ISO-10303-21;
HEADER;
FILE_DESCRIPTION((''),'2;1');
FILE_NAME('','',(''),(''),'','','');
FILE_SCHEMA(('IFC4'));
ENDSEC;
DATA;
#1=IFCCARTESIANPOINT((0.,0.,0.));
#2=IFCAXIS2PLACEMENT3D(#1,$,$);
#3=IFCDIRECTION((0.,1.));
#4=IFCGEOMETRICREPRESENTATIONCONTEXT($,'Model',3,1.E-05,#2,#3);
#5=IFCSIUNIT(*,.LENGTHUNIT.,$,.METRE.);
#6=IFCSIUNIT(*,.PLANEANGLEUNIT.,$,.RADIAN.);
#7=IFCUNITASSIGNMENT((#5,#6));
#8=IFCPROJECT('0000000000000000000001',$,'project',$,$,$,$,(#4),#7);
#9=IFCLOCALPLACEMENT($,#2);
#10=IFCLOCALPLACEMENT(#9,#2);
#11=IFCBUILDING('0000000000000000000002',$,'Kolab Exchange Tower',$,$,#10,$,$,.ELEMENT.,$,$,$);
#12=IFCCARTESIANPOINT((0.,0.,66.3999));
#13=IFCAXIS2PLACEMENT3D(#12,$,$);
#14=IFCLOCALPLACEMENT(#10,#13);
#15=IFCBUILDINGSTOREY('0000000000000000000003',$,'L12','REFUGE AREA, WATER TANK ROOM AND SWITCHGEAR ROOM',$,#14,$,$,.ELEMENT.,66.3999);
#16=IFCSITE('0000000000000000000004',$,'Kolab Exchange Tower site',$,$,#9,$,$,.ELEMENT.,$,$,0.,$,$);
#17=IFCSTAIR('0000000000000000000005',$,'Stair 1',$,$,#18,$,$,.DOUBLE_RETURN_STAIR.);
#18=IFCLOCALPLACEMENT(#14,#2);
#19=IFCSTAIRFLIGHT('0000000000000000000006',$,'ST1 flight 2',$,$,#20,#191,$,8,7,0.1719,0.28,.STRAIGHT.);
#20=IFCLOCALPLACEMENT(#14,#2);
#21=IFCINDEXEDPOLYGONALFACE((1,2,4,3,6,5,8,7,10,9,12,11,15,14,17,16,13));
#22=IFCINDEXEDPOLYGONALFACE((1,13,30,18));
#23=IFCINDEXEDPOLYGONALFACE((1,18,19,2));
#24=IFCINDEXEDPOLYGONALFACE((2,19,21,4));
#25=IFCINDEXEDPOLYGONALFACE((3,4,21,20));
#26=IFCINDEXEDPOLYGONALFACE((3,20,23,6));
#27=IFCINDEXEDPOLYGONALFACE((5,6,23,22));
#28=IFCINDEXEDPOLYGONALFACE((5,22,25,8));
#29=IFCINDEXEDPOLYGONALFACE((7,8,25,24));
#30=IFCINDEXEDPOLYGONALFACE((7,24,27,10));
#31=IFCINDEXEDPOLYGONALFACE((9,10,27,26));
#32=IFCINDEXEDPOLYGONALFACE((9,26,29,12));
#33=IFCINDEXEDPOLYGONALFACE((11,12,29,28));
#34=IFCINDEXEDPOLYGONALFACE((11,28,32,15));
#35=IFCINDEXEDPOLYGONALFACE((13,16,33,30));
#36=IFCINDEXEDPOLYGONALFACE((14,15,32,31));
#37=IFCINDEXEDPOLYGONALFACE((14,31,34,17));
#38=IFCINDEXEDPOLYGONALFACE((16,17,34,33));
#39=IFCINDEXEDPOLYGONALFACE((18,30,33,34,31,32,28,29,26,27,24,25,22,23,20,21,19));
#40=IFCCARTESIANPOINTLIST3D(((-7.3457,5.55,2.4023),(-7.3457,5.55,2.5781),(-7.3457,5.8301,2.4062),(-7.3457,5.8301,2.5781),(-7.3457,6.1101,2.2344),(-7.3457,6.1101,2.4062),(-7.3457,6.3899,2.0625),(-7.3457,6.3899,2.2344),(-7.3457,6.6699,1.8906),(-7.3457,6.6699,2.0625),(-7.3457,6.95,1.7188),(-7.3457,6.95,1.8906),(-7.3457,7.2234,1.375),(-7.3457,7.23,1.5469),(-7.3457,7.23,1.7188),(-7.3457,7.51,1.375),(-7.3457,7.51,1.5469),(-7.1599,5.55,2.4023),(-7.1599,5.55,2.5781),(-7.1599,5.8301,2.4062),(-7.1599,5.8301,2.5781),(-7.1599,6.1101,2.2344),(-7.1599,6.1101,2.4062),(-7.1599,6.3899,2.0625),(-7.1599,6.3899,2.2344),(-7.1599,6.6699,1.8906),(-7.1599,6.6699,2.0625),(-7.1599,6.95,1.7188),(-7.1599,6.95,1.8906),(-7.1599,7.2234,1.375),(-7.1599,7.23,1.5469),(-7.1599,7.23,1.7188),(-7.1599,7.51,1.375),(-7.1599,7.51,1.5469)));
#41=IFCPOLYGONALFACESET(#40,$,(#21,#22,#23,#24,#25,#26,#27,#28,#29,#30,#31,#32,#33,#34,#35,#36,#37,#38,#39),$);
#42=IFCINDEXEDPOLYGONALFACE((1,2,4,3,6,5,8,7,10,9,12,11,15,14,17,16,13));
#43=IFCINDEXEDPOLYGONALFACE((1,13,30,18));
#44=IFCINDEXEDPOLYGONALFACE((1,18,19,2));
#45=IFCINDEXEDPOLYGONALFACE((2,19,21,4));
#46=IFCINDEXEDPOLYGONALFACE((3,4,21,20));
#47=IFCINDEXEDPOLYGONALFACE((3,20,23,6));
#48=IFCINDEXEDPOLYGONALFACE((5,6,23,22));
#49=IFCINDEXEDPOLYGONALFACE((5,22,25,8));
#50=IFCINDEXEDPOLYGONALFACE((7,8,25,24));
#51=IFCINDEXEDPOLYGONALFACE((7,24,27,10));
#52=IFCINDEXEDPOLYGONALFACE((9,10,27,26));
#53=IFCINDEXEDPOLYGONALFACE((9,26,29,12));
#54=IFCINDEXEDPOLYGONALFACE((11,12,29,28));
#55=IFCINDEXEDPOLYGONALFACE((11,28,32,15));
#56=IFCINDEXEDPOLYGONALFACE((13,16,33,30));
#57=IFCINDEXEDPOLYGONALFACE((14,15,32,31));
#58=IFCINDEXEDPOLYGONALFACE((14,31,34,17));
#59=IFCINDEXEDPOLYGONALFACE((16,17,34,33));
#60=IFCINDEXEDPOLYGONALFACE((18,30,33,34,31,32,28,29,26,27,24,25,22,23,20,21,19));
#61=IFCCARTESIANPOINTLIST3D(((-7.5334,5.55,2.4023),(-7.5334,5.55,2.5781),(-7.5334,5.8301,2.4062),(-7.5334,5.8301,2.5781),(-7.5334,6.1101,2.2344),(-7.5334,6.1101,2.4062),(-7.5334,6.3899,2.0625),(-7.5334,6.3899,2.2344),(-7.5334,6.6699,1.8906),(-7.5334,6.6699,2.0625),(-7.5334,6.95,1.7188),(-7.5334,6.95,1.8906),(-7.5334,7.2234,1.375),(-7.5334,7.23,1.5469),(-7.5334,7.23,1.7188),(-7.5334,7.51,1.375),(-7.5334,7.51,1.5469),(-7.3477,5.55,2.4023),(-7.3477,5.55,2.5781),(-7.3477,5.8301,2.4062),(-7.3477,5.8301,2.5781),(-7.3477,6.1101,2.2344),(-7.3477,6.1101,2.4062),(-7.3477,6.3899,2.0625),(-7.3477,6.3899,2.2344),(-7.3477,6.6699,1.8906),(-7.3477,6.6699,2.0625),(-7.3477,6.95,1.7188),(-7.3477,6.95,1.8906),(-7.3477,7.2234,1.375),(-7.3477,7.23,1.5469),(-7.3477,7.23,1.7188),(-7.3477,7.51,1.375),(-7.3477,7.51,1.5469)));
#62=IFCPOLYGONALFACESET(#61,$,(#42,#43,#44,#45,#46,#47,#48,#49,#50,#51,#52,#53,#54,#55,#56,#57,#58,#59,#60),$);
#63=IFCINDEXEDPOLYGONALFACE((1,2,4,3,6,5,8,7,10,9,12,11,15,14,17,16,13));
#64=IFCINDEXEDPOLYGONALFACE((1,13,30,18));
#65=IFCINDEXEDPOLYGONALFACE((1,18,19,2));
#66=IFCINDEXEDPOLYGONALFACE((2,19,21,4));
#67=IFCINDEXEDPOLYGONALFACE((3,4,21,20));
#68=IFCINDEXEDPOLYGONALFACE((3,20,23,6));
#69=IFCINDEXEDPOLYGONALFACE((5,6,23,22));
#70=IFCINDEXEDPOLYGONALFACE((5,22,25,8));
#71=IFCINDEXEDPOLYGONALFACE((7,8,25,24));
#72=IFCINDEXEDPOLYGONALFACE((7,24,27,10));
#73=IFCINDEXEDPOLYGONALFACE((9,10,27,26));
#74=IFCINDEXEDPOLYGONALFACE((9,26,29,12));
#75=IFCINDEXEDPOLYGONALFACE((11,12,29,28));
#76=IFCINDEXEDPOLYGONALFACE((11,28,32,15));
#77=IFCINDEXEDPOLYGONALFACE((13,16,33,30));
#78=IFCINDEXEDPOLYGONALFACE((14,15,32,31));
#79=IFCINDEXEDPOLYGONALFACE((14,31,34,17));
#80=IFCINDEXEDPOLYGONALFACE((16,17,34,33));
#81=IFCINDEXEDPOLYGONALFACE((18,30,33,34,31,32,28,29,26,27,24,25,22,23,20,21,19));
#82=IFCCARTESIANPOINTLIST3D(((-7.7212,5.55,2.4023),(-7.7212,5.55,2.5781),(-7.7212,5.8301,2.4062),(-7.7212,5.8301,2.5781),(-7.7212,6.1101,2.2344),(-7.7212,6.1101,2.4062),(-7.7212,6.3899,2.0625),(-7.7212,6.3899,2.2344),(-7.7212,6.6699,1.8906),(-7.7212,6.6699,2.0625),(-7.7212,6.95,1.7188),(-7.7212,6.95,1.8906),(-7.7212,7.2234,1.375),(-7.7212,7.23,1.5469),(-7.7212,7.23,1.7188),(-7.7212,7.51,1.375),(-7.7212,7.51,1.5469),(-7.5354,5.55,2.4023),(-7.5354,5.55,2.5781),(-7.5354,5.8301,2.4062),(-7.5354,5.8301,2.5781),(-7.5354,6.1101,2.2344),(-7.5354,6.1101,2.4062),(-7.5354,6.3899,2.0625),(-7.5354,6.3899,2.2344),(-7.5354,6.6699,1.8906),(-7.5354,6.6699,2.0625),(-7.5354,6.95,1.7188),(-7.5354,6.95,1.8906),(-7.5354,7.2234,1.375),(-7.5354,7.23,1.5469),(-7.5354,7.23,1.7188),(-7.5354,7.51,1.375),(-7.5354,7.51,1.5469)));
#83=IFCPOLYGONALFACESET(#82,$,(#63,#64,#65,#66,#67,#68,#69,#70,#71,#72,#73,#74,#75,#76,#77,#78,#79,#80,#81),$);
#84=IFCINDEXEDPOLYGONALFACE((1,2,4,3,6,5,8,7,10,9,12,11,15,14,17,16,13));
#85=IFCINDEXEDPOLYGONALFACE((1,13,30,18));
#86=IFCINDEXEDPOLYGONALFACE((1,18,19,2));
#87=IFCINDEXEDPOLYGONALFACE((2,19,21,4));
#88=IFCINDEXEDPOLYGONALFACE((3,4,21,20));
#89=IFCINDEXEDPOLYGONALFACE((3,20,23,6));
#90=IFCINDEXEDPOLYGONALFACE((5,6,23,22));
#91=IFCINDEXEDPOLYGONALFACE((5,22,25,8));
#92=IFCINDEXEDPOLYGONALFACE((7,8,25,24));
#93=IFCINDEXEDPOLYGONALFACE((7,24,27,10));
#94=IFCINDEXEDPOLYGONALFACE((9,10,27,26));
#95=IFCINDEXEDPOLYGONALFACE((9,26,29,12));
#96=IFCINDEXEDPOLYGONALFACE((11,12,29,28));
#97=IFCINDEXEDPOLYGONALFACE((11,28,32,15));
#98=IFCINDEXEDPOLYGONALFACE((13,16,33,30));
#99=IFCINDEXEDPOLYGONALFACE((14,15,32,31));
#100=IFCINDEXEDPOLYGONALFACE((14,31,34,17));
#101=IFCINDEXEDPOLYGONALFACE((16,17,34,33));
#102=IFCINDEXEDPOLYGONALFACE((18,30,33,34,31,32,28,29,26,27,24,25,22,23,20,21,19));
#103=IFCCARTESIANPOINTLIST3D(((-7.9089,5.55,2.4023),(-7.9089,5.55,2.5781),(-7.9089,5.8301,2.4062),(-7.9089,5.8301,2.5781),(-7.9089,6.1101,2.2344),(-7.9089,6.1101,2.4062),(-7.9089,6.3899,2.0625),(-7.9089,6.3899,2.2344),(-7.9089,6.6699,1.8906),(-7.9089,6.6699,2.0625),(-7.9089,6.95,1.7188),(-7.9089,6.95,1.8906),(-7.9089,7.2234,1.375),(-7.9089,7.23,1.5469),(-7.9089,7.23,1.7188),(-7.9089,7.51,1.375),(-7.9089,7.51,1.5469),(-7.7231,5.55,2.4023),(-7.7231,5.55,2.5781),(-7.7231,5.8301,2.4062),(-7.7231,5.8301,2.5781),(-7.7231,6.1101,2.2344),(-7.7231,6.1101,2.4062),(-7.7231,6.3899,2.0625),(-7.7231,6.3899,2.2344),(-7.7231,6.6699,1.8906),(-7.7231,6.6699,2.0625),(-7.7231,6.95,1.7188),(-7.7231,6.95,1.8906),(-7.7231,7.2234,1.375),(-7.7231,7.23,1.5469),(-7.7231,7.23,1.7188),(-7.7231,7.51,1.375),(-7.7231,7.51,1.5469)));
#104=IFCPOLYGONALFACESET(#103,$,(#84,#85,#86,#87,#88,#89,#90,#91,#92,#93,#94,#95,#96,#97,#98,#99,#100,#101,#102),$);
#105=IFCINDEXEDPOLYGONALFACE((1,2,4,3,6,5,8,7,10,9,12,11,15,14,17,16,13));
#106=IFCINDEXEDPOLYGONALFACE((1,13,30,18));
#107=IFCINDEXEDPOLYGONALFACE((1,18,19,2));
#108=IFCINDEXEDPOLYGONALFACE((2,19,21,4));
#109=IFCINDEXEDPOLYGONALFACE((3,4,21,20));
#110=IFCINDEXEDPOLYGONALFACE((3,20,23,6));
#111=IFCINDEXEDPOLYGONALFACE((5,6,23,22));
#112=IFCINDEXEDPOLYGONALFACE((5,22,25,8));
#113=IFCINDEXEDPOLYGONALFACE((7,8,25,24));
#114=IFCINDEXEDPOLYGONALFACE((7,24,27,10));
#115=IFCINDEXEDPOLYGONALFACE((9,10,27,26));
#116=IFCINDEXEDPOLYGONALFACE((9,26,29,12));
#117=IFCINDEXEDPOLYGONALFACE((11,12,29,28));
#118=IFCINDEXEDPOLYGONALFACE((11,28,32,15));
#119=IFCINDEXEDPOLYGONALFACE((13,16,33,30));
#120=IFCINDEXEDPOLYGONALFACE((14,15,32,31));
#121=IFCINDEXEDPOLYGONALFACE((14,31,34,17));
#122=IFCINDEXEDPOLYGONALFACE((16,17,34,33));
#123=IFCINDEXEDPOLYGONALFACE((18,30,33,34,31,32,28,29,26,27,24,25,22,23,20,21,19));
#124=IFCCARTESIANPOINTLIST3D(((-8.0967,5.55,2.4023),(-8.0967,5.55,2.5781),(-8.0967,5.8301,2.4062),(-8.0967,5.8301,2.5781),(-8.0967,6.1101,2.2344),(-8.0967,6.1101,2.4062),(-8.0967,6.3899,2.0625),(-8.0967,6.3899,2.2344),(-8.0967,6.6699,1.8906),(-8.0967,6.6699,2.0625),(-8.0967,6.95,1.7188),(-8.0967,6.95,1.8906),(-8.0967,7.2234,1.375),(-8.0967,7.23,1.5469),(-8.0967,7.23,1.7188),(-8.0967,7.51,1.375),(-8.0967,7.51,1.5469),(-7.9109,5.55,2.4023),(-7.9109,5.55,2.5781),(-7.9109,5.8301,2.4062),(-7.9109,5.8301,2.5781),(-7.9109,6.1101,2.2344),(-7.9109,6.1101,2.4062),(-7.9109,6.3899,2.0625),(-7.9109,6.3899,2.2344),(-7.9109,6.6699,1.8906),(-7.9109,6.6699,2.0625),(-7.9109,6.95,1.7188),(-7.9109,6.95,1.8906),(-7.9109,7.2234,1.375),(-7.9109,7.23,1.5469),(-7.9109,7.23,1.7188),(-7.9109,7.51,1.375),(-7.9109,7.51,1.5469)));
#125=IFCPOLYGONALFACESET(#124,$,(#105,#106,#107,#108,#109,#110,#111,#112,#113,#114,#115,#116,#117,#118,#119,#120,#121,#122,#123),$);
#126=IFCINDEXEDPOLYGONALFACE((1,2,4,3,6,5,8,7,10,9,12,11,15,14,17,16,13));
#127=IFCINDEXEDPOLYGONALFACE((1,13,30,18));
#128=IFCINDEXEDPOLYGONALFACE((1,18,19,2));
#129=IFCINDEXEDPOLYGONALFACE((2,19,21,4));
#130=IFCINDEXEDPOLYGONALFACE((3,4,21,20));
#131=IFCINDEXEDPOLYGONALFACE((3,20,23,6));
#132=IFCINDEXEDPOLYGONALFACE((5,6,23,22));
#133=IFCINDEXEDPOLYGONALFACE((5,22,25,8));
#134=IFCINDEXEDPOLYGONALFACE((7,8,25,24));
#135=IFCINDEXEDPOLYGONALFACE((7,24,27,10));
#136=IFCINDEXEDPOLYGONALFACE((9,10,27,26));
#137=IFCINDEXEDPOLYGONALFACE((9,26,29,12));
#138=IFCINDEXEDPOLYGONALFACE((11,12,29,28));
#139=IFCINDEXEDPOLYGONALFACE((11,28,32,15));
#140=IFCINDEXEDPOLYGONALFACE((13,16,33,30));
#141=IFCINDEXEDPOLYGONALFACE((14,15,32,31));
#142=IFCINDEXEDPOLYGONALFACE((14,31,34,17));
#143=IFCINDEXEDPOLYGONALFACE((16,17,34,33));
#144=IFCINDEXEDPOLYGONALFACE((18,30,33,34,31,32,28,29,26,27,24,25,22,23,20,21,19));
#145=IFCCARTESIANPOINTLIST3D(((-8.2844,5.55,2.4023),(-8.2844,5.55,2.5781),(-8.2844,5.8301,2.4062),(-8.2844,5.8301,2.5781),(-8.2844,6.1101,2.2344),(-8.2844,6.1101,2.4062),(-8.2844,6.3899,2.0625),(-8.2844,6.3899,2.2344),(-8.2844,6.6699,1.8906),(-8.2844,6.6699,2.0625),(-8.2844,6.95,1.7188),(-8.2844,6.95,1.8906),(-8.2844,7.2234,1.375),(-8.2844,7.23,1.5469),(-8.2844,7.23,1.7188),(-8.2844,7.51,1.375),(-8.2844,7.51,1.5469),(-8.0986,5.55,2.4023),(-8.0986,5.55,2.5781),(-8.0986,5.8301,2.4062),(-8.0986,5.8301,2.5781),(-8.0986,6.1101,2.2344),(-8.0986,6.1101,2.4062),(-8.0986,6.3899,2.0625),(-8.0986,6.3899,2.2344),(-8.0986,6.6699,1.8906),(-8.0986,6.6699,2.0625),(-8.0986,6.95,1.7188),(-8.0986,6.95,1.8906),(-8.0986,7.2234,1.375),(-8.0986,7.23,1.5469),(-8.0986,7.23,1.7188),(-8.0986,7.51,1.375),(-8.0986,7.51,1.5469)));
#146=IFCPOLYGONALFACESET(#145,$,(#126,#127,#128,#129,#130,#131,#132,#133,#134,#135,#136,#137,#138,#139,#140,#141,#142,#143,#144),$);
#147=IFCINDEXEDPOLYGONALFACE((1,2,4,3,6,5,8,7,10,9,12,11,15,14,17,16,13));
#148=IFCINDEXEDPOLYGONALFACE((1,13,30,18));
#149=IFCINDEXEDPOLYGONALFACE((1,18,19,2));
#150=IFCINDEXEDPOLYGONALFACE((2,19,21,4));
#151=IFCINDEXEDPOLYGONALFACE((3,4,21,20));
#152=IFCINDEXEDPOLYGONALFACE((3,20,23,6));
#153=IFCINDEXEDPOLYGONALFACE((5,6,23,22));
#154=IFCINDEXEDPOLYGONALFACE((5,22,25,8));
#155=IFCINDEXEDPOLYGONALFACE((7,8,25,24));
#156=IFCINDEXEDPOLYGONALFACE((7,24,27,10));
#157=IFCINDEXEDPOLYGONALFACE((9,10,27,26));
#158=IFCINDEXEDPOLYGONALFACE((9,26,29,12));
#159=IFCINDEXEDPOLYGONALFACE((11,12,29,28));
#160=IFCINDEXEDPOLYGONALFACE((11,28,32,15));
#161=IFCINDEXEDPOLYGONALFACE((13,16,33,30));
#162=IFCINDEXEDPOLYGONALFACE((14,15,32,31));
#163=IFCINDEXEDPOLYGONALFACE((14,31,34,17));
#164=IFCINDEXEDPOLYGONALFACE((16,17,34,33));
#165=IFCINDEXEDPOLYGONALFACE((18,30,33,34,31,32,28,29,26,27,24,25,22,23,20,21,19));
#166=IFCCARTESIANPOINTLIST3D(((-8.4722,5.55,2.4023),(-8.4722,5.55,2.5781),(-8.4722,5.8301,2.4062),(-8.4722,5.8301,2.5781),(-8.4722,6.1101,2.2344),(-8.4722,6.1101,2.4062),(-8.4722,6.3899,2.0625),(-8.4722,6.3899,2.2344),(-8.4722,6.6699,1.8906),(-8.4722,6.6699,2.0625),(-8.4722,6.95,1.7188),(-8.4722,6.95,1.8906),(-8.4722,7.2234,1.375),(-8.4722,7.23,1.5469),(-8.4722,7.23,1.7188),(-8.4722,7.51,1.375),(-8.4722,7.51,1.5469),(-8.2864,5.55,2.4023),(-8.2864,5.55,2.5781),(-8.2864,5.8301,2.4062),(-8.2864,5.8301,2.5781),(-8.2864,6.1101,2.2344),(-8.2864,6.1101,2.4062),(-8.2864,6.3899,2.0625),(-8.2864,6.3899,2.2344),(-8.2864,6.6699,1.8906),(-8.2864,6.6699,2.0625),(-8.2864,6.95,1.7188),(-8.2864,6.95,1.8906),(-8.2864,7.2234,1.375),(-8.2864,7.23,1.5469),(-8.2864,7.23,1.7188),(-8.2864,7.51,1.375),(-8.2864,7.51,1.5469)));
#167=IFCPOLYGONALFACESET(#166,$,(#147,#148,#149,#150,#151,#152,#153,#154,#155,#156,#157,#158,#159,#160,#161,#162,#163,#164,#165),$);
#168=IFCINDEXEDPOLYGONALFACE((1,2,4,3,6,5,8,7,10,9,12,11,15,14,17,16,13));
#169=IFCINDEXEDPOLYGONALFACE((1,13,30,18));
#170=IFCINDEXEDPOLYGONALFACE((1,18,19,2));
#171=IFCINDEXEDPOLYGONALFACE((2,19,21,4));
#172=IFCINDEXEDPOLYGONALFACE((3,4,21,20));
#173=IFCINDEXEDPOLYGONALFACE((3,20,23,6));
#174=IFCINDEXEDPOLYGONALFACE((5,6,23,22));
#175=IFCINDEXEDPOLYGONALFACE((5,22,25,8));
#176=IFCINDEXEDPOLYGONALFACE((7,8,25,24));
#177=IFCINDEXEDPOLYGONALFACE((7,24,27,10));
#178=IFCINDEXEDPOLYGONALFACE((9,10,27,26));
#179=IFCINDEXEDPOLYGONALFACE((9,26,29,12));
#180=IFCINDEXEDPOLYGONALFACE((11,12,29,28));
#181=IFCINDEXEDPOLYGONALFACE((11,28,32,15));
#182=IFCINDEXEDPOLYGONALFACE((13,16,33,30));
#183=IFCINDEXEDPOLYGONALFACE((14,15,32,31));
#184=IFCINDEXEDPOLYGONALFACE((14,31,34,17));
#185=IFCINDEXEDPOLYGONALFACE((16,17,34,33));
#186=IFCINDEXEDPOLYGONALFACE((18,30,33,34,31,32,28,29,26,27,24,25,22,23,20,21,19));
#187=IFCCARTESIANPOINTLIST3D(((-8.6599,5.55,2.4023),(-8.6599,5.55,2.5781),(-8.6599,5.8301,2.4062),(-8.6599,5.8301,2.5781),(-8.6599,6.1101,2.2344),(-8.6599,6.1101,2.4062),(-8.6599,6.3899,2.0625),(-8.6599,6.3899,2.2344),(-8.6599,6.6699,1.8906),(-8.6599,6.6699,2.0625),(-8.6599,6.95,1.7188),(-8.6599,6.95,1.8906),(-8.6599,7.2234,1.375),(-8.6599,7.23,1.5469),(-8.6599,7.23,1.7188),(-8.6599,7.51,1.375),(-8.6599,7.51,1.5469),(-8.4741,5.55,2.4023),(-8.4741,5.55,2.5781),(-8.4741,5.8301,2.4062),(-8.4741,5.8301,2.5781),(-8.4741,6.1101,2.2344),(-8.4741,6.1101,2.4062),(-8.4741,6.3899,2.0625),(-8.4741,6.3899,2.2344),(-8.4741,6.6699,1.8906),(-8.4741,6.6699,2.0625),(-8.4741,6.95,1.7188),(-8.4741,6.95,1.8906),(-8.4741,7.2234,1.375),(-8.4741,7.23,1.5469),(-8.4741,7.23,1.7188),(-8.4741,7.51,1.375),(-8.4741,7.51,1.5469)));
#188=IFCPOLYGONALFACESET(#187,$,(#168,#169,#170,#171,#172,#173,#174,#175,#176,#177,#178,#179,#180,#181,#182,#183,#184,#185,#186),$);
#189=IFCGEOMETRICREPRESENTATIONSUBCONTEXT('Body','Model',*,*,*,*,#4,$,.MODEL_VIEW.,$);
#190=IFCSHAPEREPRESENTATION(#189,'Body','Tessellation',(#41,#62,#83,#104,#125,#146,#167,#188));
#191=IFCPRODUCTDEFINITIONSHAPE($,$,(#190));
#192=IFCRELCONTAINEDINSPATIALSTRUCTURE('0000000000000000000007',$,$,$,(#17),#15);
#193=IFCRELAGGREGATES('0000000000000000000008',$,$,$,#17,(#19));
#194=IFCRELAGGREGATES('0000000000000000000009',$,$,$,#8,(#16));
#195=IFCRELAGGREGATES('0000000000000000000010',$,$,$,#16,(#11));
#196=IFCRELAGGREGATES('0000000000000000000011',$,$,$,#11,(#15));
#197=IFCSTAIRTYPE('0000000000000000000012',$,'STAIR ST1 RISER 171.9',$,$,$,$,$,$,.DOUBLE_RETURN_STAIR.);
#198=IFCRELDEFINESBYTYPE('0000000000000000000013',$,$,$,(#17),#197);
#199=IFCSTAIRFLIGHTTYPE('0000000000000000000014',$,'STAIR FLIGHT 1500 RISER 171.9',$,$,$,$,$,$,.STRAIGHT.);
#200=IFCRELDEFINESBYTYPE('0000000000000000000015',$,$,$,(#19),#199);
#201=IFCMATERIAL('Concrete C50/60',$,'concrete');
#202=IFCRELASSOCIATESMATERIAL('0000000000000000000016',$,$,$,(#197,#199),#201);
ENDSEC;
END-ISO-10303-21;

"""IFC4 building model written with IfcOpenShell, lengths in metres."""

from ifc_helpers import new_model, si_unit, direction, frame, origin, place, context, subcontext, project, spatial, polyline, outline, extrude, material, type_object, element, aggregate, save


model = new_model("IFC4")

# Units and contexts
model_context = context("Model", 3, precision=1e-05, world=origin(), true_north=direction((0.0, 1.0)))
body_context = subcontext(model_context, "Body", "Model", "MODEL_VIEW")
ifc_project = project(units=[si_unit("LENGTHUNIT", "METRE"), si_unit("PLANEANGLEUNIT", "RADIAN")], contexts=[model_context])

# Site, building, storey
site_placement = place(None, origin())
site = spatial("IfcSite", under=ifc_project, at=site_placement, Name="Kolab Exchange Tower site", CompositionType="ELEMENT", RefElevation=0.0)
building_placement = place(site_placement, origin())
building = spatial("IfcBuilding", under=site, at=building_placement, Name="Kolab Exchange Tower", CompositionType="ELEMENT")
storey_placement = place(building_placement, frame((0.0, 0.0, 66.3999)))
storey = spatial("IfcBuildingStorey", under=building, at=storey_placement, Name="L12", Description="REFUGE AREA, WATER TANK ROOM AND SWITCHGEAR ROOM", CompositionType="ELEMENT", Elevation=66.3999)

# Shared definitions
ifc_material_1 = material(Name="Concrete C50/60", Category="concrete")

# Stair, stair flight
stair_type = type_object("IfcStairType", Name="STAIR ST1 RISER 171.9", PredefinedType="DOUBLE_RETURN_STAIR", material=ifc_material_1)
stair_placement = place(storey_placement, origin())
stair = element("IfcStair", 1, at=stair_placement, inside=storey, type_object=stair_type, Name="Stair 1", PredefinedType="DOUBLE_RETURN_STAIR")
stair_flight_type = type_object("IfcStairFlightType", Name="STAIR FLIGHT 1500 RISER 171.9", PredefinedType="STRAIGHT", material=ifc_material_1)
stair_flight_1_placement = place(storey_placement, frame((-7.9099, 7.51, 1.375), z_axis=(0.0, 0.0, 1.0), x_axis=(0.0, -1.0, 0.0)))
stair_flight_1 = element("IfcStairFlight", 2, at=stair_flight_1_placement, type_object=stair_flight_type, Name="ST1 flight 2", NumberOfRisers=8, NumberOfTreads=7, PredefinedType="STRAIGHT", RiserHeight=0.1719, TreadLength=0.28, context=body_context, shape_type="SweptSolid", body=[
    extrude(outline(polyline([(0.0, 0.0), (0.0, 0.1719), (0.28, 0.1719), (0.28, 0.3438), (0.5601, 0.3438), (0.5601, 0.5156), (0.8401, 0.5156), (0.8401, 0.6875), (1.1201, 0.6875), (1.1201, 0.8594), (1.3999, 0.8594), (1.3999, 1.0312), (1.6799, 1.0312), (1.6799, 1.2031), (1.96, 1.2031), (1.96, 1.375), (1.96, 1.0273), (0.2866, 0.0), (0.0, 0.0)])), frame((0.0, 0.75, 0.0), z_axis=(0.0, -1.0, 0.0), x_axis=(1.0, 0.0, 0.0)), (0.0, 0.0, 1.0), 0.1858),
    extrude(outline(polyline([(0.0, 0.0), (0.0, 0.1719), (0.28, 0.1719), (0.28, 0.3438), (0.5601, 0.3438), (0.5601, 0.5156), (0.8401, 0.5156), (0.8401, 0.6875), (1.1201, 0.6875), (1.1201, 0.8594), (1.3999, 0.8594), (1.3999, 1.0312), (1.6799, 1.0312), (1.6799, 1.2031), (1.96, 1.2031), (1.96, 1.375), (1.96, 1.0273), (0.2866, 0.0), (0.0, 0.0)])), frame((0.0, 0.5623, 0.0), z_axis=(0.0, -1.0, 0.0), x_axis=(1.0, 0.0, 0.0)), (0.0, 0.0, 1.0), 0.1858),
    extrude(outline(polyline([(0.0, 0.0), (0.0, 0.1719), (0.28, 0.1719), (0.28, 0.3438), (0.5601, 0.3438), (0.5601, 0.5156), (0.8401, 0.5156), (0.8401, 0.6875), (1.1201, 0.6875), (1.1201, 0.8594), (1.3999, 0.8594), (1.3999, 1.0312), (1.6799, 1.0312), (1.6799, 1.2031), (1.96, 1.2031), (1.96, 1.375), (1.96, 1.0273), (0.2866, 0.0), (0.0, 0.0)])), frame((0.0, 0.3745, 0.0), z_axis=(0.0, -1.0, 0.0), x_axis=(1.0, 0.0, 0.0)), (0.0, 0.0, 1.0), 0.1858),
    extrude(outline(polyline([(0.0, 0.0), (0.0, 0.1719), (0.28, 0.1719), (0.28, 0.3438), (0.5601, 0.3438), (0.5601, 0.5156), (0.8401, 0.5156), (0.8401, 0.6875), (1.1201, 0.6875), (1.1201, 0.8594), (1.3999, 0.8594), (1.3999, 1.0312), (1.6799, 1.0312), (1.6799, 1.2031), (1.96, 1.2031), (1.96, 1.375), (1.96, 1.0273), (0.2866, 0.0), (0.0, 0.0)])), frame((0.0, 0.1868, 0.0), z_axis=(0.0, -1.0, 0.0), x_axis=(1.0, 0.0, 0.0)), (0.0, 0.0, 1.0), 0.1858),
    extrude(outline(polyline([(0.0, 0.0), (0.0, 0.1719), (0.28, 0.1719), (0.28, 0.3438), (0.5601, 0.3438), (0.5601, 0.5156), (0.8401, 0.5156), (0.8401, 0.6875), (1.1201, 0.6875), (1.1201, 0.8594), (1.3999, 0.8594), (1.3999, 1.0312), (1.6799, 1.0312), (1.6799, 1.2031), (1.96, 1.2031), (1.96, 1.375), (1.96, 1.0273), (0.2866, 0.0), (0.0, 0.0)])), frame((0.0, -0.001, 0.0), z_axis=(0.0, -1.0, 0.0), x_axis=(1.0, 0.0, 0.0)), (0.0, 0.0, 1.0), 0.1858),
    extrude(outline(polyline([(0.0, 0.0), (0.0, 0.1719), (0.28, 0.1719), (0.28, 0.3438), (0.5601, 0.3438), (0.5601, 0.5156), (0.8401, 0.5156), (0.8401, 0.6875), (1.1201, 0.6875), (1.1201, 0.8594), (1.3999, 0.8594), (1.3999, 1.0312), (1.6799, 1.0312), (1.6799, 1.2031), (1.96, 1.2031), (1.96, 1.375), (1.96, 1.0273), (0.2866, 0.0), (0.0, 0.0)])), frame((0.0, -0.1887, 0.0), z_axis=(0.0, -1.0, 0.0), x_axis=(1.0, 0.0, 0.0)), (0.0, 0.0, 1.0), 0.1858),
    extrude(outline(polyline([(0.0, 0.0), (0.0, 0.1719), (0.28, 0.1719), (0.28, 0.3438), (0.5601, 0.3438), (0.5601, 0.5156), (0.8401, 0.5156), (0.8401, 0.6875), (1.1201, 0.6875), (1.1201, 0.8594), (1.3999, 0.8594), (1.3999, 1.0312), (1.6799, 1.0312), (1.6799, 1.2031), (1.96, 1.2031), (1.96, 1.375), (1.96, 1.0273), (0.2866, 0.0), (0.0, 0.0)])), frame((0.0, -0.3765, 0.0), z_axis=(0.0, -1.0, 0.0), x_axis=(1.0, 0.0, 0.0)), (0.0, 0.0, 1.0), 0.1858),
    extrude(outline(polyline([(0.0, 0.0), (0.0, 0.1719), (0.28, 0.1719), (0.28, 0.3438), (0.5601, 0.3438), (0.5601, 0.5156), (0.8401, 0.5156), (0.8401, 0.6875), (1.1201, 0.6875), (1.1201, 0.8594), (1.3999, 0.8594), (1.3999, 1.0312), (1.6799, 1.0312), (1.6799, 1.2031), (1.96, 1.2031), (1.96, 1.375), (1.96, 1.0273), (0.2866, 0.0), (0.0, 0.0)])), frame((0.0, -0.5642, 0.0), z_axis=(0.0, -1.0, 0.0), x_axis=(1.0, 0.0, 0.0)), (0.0, 0.0, 1.0), 0.1858),
])
aggregate(stair, [stair_flight_1])

save(model, "model.ifc")
